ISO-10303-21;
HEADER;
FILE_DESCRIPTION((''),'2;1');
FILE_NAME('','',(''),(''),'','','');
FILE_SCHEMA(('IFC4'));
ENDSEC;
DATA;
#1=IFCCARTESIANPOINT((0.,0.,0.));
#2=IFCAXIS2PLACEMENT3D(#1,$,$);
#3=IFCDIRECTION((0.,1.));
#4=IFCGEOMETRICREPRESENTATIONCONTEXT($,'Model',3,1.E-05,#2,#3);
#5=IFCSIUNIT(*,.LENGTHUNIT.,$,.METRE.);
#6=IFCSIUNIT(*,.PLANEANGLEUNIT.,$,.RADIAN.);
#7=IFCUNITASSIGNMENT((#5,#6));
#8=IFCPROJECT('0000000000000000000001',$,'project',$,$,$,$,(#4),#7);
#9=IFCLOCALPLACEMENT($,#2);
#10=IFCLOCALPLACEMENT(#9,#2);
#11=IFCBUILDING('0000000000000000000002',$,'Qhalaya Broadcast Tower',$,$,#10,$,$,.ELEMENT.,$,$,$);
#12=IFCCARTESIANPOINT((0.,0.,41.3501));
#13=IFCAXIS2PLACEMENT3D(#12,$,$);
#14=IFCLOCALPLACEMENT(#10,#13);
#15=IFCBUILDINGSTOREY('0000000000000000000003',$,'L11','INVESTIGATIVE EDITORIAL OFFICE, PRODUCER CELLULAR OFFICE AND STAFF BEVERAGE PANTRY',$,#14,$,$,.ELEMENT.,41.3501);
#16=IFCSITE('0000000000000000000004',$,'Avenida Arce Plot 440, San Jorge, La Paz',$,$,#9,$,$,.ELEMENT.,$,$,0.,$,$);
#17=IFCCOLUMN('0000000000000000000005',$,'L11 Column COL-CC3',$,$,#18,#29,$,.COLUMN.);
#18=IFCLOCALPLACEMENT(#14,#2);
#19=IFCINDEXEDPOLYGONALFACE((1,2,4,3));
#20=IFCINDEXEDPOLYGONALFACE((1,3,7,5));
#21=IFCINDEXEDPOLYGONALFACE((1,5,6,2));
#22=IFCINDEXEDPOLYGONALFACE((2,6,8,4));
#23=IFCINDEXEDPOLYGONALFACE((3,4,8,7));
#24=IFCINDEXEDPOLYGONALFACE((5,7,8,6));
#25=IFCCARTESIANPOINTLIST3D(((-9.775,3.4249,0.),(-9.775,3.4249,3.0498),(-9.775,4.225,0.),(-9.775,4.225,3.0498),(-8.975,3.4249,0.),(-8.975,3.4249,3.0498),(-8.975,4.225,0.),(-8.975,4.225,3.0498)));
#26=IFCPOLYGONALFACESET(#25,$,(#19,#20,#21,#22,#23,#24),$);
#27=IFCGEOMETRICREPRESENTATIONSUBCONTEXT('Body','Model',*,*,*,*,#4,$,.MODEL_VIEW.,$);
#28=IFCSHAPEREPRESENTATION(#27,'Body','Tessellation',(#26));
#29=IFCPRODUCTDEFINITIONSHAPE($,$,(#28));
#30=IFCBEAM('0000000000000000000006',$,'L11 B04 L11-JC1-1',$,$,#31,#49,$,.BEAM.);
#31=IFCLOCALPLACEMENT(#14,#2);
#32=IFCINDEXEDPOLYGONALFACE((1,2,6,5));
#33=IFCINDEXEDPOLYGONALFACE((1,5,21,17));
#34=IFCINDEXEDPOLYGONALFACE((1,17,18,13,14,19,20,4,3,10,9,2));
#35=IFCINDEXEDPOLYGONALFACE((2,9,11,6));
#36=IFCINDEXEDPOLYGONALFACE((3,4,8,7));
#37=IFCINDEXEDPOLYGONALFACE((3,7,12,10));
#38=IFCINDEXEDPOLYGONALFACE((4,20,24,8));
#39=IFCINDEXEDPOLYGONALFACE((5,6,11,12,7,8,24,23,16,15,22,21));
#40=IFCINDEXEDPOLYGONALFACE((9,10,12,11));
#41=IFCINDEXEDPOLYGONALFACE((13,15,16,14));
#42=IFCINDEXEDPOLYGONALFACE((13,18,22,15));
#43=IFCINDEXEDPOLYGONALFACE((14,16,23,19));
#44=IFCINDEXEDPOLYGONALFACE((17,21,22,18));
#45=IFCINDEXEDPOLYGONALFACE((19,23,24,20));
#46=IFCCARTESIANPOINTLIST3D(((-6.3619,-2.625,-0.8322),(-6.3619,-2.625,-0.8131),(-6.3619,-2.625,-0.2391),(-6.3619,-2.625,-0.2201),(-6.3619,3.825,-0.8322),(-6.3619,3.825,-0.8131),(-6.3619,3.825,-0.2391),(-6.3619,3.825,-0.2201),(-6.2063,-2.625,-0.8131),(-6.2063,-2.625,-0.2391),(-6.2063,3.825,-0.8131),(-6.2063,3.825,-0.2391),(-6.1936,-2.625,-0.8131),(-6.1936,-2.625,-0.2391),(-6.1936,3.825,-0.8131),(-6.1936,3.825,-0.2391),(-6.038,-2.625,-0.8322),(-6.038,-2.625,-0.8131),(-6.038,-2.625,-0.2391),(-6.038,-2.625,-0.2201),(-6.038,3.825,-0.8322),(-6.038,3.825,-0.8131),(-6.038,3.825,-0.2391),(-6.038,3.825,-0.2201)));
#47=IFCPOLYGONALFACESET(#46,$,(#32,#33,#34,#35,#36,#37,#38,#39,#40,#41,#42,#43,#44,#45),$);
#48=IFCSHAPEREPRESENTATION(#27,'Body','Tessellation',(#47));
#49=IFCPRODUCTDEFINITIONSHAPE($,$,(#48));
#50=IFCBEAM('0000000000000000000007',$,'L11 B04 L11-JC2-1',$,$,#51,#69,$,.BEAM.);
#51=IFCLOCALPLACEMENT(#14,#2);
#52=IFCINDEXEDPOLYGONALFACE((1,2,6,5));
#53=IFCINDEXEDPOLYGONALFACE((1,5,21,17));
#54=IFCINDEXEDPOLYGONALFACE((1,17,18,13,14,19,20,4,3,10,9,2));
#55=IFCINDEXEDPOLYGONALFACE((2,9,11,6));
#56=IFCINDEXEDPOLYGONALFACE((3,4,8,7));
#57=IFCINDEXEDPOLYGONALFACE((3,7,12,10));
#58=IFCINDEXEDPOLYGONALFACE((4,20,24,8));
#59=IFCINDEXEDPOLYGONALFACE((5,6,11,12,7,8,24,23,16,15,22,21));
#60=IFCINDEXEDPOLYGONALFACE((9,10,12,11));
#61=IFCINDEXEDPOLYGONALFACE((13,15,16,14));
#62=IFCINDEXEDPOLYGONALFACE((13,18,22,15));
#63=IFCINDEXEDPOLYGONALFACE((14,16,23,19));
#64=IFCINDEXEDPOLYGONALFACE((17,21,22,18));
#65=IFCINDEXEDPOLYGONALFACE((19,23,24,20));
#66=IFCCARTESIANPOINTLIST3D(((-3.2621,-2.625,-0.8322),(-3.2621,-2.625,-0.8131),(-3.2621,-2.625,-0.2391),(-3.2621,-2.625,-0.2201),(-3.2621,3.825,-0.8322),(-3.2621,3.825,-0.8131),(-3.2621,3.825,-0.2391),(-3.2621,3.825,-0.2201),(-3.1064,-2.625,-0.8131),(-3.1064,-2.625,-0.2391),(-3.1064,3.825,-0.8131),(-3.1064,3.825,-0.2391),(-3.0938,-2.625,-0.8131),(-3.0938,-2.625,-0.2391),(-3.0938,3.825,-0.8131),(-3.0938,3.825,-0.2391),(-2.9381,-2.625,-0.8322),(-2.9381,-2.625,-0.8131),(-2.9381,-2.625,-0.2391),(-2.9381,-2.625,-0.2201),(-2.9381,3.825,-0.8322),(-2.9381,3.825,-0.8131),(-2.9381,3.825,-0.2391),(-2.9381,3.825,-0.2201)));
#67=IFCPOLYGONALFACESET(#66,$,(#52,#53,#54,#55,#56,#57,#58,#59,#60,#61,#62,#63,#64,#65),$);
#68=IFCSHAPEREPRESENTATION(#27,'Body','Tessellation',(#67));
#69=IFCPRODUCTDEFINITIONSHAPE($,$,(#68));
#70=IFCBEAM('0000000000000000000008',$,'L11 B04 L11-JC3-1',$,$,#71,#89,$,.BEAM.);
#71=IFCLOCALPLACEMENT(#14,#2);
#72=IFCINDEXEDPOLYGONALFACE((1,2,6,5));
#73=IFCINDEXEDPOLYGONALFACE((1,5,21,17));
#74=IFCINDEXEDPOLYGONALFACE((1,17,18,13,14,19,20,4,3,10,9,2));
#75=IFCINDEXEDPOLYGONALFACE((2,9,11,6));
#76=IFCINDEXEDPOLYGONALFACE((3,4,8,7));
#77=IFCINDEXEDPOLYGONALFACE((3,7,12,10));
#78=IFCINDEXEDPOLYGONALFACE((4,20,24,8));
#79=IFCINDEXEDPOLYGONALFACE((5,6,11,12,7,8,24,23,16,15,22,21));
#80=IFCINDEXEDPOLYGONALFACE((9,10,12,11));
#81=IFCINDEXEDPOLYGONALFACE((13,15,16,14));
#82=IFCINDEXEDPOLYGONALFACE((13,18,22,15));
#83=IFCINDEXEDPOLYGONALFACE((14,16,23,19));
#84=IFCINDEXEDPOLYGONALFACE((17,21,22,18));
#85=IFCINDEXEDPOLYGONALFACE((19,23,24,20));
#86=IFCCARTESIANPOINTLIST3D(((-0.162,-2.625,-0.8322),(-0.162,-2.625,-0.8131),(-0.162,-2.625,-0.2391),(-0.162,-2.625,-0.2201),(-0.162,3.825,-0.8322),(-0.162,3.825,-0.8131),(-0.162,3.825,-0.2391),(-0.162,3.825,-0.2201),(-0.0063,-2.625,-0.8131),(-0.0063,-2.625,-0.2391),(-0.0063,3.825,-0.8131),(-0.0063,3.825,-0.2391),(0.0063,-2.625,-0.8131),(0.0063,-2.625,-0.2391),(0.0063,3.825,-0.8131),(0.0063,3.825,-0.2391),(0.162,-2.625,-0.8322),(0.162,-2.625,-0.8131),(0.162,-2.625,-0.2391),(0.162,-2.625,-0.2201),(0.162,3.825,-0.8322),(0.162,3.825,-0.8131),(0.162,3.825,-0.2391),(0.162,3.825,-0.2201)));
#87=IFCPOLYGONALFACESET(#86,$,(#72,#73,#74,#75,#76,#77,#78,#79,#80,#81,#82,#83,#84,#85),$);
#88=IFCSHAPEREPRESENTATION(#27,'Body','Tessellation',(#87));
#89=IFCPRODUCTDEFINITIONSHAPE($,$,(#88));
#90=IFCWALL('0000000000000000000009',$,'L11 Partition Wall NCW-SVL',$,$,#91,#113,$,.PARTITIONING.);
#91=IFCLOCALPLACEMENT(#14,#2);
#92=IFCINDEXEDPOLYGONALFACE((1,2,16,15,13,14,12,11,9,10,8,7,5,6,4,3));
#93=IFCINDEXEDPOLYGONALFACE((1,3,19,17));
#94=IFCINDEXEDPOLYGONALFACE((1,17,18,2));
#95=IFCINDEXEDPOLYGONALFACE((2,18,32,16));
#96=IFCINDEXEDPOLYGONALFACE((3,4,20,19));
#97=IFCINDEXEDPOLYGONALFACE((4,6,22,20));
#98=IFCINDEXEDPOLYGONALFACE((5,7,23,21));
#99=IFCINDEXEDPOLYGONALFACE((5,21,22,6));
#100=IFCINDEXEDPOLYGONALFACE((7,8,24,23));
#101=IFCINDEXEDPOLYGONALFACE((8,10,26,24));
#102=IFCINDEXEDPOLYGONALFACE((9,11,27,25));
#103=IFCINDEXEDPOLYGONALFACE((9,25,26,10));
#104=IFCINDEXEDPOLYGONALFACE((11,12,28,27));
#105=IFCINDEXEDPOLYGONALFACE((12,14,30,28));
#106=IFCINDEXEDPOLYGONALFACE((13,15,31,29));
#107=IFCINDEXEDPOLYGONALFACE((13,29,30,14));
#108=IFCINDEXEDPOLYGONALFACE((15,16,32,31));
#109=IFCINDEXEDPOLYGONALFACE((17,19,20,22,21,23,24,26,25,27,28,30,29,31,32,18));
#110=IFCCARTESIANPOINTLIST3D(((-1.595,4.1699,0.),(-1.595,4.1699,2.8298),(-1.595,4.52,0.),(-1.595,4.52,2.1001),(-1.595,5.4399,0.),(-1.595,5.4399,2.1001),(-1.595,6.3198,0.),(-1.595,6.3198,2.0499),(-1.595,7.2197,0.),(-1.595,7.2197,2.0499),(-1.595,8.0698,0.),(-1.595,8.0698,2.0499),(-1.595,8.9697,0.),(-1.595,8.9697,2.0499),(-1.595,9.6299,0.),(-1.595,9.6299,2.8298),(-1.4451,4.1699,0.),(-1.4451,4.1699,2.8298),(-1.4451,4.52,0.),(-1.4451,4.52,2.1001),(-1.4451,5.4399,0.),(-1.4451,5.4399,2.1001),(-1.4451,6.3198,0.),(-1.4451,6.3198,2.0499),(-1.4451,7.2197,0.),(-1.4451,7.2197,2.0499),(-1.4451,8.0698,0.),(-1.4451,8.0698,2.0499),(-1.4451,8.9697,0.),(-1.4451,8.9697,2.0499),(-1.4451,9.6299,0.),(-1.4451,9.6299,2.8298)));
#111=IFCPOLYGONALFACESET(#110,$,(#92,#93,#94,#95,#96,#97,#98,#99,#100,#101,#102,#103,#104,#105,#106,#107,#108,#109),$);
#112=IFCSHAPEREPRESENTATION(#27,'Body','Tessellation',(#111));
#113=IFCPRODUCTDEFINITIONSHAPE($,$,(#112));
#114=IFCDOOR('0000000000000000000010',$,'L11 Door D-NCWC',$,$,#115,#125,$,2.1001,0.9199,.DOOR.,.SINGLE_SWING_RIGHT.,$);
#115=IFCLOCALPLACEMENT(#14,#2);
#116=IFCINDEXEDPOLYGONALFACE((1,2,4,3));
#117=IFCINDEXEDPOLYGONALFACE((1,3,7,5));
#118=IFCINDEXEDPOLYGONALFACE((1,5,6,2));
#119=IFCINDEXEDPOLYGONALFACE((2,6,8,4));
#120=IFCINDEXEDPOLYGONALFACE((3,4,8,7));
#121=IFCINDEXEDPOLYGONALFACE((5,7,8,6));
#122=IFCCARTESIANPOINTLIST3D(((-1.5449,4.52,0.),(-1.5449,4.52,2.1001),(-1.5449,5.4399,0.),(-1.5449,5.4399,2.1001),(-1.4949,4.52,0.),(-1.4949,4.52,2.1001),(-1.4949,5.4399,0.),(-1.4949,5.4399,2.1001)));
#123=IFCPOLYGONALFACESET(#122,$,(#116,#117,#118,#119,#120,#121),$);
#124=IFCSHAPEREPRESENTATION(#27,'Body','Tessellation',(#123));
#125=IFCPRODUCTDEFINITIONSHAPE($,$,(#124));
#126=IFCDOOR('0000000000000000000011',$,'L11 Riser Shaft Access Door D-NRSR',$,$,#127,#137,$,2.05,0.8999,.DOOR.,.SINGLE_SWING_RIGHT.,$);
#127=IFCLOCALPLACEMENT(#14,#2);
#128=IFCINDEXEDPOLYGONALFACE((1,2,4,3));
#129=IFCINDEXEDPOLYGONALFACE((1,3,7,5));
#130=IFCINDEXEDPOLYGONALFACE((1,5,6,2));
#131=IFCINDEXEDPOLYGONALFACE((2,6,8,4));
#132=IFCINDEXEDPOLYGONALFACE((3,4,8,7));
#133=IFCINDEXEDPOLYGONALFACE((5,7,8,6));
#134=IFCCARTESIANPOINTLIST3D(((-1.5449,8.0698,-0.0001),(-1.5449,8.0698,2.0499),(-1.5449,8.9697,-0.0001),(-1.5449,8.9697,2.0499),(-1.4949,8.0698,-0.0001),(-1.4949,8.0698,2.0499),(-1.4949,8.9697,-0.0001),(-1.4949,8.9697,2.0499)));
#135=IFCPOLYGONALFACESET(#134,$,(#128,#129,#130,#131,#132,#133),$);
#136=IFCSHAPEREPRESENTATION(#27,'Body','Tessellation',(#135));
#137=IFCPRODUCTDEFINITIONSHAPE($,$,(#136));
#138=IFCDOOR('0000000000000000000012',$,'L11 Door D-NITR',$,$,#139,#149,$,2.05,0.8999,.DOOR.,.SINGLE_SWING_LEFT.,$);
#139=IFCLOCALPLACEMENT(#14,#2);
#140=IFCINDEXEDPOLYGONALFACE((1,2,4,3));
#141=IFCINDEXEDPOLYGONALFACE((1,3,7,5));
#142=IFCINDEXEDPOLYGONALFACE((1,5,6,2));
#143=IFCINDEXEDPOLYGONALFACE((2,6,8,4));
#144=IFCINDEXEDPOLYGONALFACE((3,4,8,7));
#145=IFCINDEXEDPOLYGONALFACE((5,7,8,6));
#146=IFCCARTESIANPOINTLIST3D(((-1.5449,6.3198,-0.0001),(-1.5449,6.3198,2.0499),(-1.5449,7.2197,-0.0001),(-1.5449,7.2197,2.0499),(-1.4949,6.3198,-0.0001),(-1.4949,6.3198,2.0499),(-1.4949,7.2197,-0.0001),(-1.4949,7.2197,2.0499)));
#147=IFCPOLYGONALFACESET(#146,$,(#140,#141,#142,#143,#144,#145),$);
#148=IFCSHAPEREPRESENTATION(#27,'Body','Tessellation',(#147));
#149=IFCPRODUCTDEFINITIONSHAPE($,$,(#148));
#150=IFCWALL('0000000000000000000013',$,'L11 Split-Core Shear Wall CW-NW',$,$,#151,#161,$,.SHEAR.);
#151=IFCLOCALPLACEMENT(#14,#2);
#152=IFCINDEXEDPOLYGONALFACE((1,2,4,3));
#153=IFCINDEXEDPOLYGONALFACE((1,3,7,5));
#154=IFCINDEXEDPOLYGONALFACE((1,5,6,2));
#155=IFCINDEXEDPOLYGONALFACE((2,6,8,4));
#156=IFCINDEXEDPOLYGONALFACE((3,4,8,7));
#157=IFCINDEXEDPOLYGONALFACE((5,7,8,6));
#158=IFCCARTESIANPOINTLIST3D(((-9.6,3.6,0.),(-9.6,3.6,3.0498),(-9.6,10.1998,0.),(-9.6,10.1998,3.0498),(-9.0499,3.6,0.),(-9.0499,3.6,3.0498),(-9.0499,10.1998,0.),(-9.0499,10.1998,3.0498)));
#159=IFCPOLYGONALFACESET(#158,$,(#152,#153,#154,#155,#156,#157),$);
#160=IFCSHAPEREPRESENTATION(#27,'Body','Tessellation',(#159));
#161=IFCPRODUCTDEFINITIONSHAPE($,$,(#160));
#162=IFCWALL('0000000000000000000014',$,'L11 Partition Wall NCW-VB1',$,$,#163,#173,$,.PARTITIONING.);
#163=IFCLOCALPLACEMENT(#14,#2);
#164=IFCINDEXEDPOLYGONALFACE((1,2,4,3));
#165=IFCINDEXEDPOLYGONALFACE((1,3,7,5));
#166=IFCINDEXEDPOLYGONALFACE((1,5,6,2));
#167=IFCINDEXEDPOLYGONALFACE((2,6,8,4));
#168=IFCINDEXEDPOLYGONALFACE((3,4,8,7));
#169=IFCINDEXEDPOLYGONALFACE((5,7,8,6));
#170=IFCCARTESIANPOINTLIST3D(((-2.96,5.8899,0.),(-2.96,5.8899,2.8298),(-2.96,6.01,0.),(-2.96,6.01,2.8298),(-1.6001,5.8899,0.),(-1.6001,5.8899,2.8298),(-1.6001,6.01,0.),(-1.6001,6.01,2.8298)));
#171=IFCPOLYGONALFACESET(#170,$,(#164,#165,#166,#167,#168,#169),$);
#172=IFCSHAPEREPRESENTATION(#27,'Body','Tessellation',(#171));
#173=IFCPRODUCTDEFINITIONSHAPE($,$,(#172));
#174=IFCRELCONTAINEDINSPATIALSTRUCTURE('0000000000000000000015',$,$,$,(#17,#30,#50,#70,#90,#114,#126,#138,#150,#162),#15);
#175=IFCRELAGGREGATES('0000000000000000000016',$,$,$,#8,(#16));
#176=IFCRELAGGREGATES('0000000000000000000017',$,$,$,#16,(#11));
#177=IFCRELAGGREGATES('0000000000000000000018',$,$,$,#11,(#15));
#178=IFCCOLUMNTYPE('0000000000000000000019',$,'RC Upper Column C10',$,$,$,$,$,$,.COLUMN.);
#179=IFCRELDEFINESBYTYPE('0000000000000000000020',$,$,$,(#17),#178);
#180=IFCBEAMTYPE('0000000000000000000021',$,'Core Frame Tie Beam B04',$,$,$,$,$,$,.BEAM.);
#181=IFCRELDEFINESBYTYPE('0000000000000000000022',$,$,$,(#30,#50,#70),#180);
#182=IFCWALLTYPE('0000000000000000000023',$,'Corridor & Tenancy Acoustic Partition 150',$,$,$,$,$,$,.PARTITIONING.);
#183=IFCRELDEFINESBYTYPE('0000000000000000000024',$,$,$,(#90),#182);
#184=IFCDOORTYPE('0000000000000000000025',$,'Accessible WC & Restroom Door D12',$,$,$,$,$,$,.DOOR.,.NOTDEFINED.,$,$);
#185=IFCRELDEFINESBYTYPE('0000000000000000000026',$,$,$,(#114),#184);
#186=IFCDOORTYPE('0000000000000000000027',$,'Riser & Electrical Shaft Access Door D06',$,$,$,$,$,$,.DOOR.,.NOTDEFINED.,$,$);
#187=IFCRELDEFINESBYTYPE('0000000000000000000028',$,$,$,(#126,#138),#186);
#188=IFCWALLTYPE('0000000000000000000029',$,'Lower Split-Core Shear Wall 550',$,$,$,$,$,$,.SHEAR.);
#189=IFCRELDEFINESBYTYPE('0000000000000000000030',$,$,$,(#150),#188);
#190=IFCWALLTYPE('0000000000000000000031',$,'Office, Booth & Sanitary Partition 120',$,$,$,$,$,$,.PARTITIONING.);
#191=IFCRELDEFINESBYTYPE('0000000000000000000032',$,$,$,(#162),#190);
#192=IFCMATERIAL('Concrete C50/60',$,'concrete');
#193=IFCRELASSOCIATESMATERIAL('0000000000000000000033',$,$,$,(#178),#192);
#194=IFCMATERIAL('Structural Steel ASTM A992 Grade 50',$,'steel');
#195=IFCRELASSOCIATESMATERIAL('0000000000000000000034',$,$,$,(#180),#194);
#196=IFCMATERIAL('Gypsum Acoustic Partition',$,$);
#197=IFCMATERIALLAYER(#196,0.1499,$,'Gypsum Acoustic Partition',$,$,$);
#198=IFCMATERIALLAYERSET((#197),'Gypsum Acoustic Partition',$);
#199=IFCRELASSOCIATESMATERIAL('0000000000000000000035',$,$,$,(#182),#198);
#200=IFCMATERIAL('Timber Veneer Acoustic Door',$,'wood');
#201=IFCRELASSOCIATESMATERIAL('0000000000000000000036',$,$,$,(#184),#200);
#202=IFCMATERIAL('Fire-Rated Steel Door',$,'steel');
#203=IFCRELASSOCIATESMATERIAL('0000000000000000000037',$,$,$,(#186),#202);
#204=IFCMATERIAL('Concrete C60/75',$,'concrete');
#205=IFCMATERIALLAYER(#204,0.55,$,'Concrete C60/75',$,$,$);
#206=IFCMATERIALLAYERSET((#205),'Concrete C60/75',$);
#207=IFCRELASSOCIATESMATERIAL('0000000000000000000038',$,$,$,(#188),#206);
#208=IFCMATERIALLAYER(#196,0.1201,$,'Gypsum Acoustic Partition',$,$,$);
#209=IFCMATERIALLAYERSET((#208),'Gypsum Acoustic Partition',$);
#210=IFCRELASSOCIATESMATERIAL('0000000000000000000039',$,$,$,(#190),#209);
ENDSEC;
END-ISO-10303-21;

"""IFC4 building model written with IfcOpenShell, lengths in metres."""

from ifc_helpers import new_model, si_unit, direction, frame, frame_2d, origin, origin_2d, place, context, subcontext, project, spatial, rectangle, i_section, extrude, material, layer, layer_set, material_profile, profile_set, type_object, element, fill, save


model = new_model("IFC4")

# Units and contexts
model_context = context("Model", 3, precision=1e-05, world=origin(), true_north=direction((0.0, 1.0)))
body_context = subcontext(model_context, "Body", "Model", "MODEL_VIEW")
ifc_project = project(units=[si_unit("LENGTHUNIT", "METRE"), si_unit("PLANEANGLEUNIT", "RADIAN")], contexts=[model_context])

# Site, building, storey
site_placement = place(None, origin())
site = spatial("IfcSite", under=ifc_project, at=site_placement, Name="Avenida Arce Plot 440, San Jorge, La Paz", CompositionType="ELEMENT", RefElevation=0.0)
building_placement = place(site_placement, origin())
building = spatial("IfcBuilding", under=site, at=building_placement, Name="Qhalaya Broadcast Tower", CompositionType="ELEMENT")
storey_placement = place(building_placement, frame((0.0, 0.0, 41.3501)))
storey = spatial("IfcBuildingStorey", under=building, at=storey_placement, Name="L11", Description="INVESTIGATIVE EDITORIAL OFFICE, PRODUCER CELLULAR OFFICE AND STAFF BEVERAGE PANTRY", CompositionType="ELEMENT", Elevation=41.3501)

# Column
ifc_material_1 = material(Name="Concrete C50/60", Category="concrete")
ifc_material_profile_1 = material_profile(ifc_material_1, rectangle(XDim=0.8, YDim=0.8, at=origin_2d()), Name="RC-COL 800x800")
ifc_profile_set_1 = profile_set([ifc_material_profile_1], Name="Concrete C50/60")
column_type = type_object("IfcColumnType", Name="RC Upper Column C10", PredefinedType="COLUMN", material=ifc_profile_set_1)
column_placement = place(storey_placement, frame((-9.375, 3.825, 0.0), z_axis=(0.0, 0.0, 1.0), x_axis=(1.0, 0.0, 0.0)))
element("IfcColumn", 1, at=column_placement, inside=storey, type_object=column_type, Name="L11 Column COL-CC3", PredefinedType="COLUMN", context=body_context, shape_type="SweptSolid", body=[
    extrude(rectangle(XDim=0.8, YDim=0.8, at=origin_2d()), origin(), (0.0, 0.0, 1.0), 3.0498),
])

# Beams
ifc_material_2 = material(Name="Structural Steel ASTM A992 Grade 50", Category="steel")
ifc_material_profile_2 = material_profile(ifc_material_2, i_section(OverallWidth=0.324, OverallDepth=0.6121, WebThickness=0.0127, FlangeThickness=0.019, at=origin_2d()), Name="W24X104")
ifc_profile_set_2 = profile_set([ifc_material_profile_2], Name="Structural Steel ASTM A992 Grade 50")
beam_type = type_object("IfcBeamType", Name="Core Frame Tie Beam B04", PredefinedType="BEAM", material=ifc_profile_set_2)
for number, where, z_axis, x_axis, name in (
    (2, (-6.2, -2.625, -0.5261), (0.0, 1.0, 0.0), (-1.0, 0.0, 0.0), "L11 B04 L11-JC1-1"),
    (3, (-3.1001, -2.625, -0.5261), (0.0, 1.0, 0.0), (-1.0, 0.0, 0.0), "L11 B04 L11-JC2-1"),
    (4, (0.0, -2.625, -0.5261), (0.0, 1.0, 0.0), (-1.0, 0.0, 0.0), "L11 B04 L11-JC3-1"),
):
    element("IfcBeam", number, at=place(storey_placement, frame(where, z_axis=z_axis, x_axis=x_axis)), inside=storey, type_object=beam_type, Name=name, PredefinedType="BEAM", context=body_context, shape_type="SweptSolid", body=[
        extrude(i_section(OverallWidth=0.324, OverallDepth=0.6121, WebThickness=0.0127, FlangeThickness=0.019, at=origin_2d()), origin(), (0.0, 0.0, 1.0), 6.45),
    ])

# Wall, openings, doors
ifc_material_3 = material(Name="Gypsum Acoustic Partition")
ifc_layer_1 = layer(ifc_material_3, 0.1499, Name="Gypsum Acoustic Partition")
ifc_layer_set_1 = layer_set([ifc_layer_1], Name="Gypsum Acoustic Partition")
wall_type_1 = type_object("IfcWallType", Name="Corridor & Tenancy Acoustic Partition 150", PredefinedType="PARTITIONING", material=ifc_layer_set_1)
wall_1_placement = place(storey_placement, frame((-1.52, 4.1699, 0.0), z_axis=(0.0, 0.0, 1.0), x_axis=(0.0, 1.0, 0.0)))
wall_1 = element("IfcWall", 5, at=wall_1_placement, inside=storey, type_object=wall_type_1, Name="L11 Partition Wall NCW-SVL", PredefinedType="PARTITIONING", context=body_context, shape_type="SweptSolid", body=[
    extrude(rectangle(XDim=5.46, YDim=0.1499, at=frame_2d((2.73, 0.0))), origin(), (0.0, 0.0, 1.0), 2.8298),
])
opening_1_placement = place(wall_1_placement, frame((3.8999, 0.0, 0.0)))
opening_1 = element("IfcOpeningElement", 6, at=opening_1_placement, cuts=wall_1, PredefinedType="OPENING", context=body_context, shape_type="SweptSolid", body=[
    extrude(rectangle(XDim=0.8999, YDim=2.05, at=frame_2d((0.45, 1.0249))), frame((0.0, 0.0869, 0.0), z_axis=(0.0, -1.0, 0.0), x_axis=(1.0, 0.0, 0.0)), (0.0, 0.0, 1.0), 0.1738),
])
opening_2_placement = place(wall_1_placement, frame((2.1499, 0.0, 0.0)))
opening_2 = element("IfcOpeningElement", 7, at=opening_2_placement, cuts=wall_1, PredefinedType="OPENING", context=body_context, shape_type="SweptSolid", body=[
    extrude(rectangle(XDim=0.8999, YDim=2.05, at=frame_2d((0.45, 1.0249))), frame((0.0, 0.0869, 0.0), z_axis=(0.0, -1.0, 0.0), x_axis=(1.0, 0.0, 0.0)), (0.0, 0.0, 1.0), 0.1738),
])
opening_3_placement = place(wall_1_placement, frame((0.3501, 0.0, 0.0)))
opening_3 = element("IfcOpeningElement", 8, at=opening_3_placement, cuts=wall_1, PredefinedType="OPENING", context=body_context, shape_type="SweptSolid", body=[
    extrude(rectangle(XDim=0.9199, YDim=2.1001, at=frame_2d((0.46, 1.05))), frame((0.0, 0.0869, 0.0), z_axis=(0.0, -1.0, 0.0), x_axis=(1.0, 0.0, 0.0)), (0.0, 0.0, 1.0), 0.1738),
])
ifc_material_4 = material(Name="Timber Veneer Acoustic Door", Category="wood")
door_type_1 = type_object("IfcDoorType", Name="Accessible WC & Restroom Door D12", OperationType="NOTDEFINED", PredefinedType="DOOR", material=ifc_material_4)
door_1_placement = place(opening_3_placement, origin())
door_1 = element("IfcDoor", 9, at=door_1_placement, inside=storey, type_object=door_type_1, Name="L11 Door D-NCWC", OperationType="SINGLE_SWING_RIGHT", OverallHeight=2.1001, OverallWidth=0.9199, PredefinedType="DOOR", context=body_context, shape_type="SweptSolid", body=[
    extrude(rectangle(XDim=0.9199, YDim=2.1001, at=frame_2d((0.46, 1.05))), frame((0.0, 0.0249, 0.0), z_axis=(0.0, -1.0, 0.0), x_axis=(1.0, 0.0, 0.0)), (0.0, 0.0, 1.0), 0.05),
])
fill(opening_3, door_1)
ifc_material_5 = material(Name="Fire-Rated Steel Door", Category="steel")
door_type_2 = type_object("IfcDoorType", Name="Riser & Electrical Shaft Access Door D06", OperationType="NOTDEFINED", PredefinedType="DOOR", material=ifc_material_5)
door_2_placement = place(opening_1_placement, origin())
door_2 = element("IfcDoor", 10, at=door_2_placement, inside=storey, type_object=door_type_2, Name="L11 Riser Shaft Access Door D-NRSR", OperationType="SINGLE_SWING_RIGHT", OverallHeight=2.05, OverallWidth=0.8999, PredefinedType="DOOR", context=body_context, shape_type="SweptSolid", body=[
    extrude(rectangle(XDim=0.8999, YDim=2.05, at=frame_2d((0.45, 1.0249))), frame((0.0, 0.0249, 0.0), z_axis=(0.0, -1.0, 0.0), x_axis=(1.0, 0.0, 0.0)), (0.0, 0.0, 1.0), 0.05),
])
fill(opening_1, door_2)
door_3_placement = place(opening_2_placement, origin())
door_3 = element("IfcDoor", 11, at=door_3_placement, inside=storey, type_object=door_type_2, Name="L11 Door D-NITR", OperationType="SINGLE_SWING_LEFT", OverallHeight=2.05, OverallWidth=0.8999, PredefinedType="DOOR", context=body_context, shape_type="SweptSolid", body=[
    extrude(rectangle(XDim=0.8999, YDim=2.05, at=frame_2d((0.45, 1.0249))), frame((0.0, 0.0249, 0.0), z_axis=(0.0, -1.0, 0.0), x_axis=(1.0, 0.0, 0.0)), (0.0, 0.0, 1.0), 0.05),
])
fill(opening_2, door_3)

# Walls
ifc_material_6 = material(Name="Concrete C60/75", Category="concrete")
ifc_layer_2 = layer(ifc_material_6, 0.55, Name="Concrete C60/75")
ifc_layer_set_2 = layer_set([ifc_layer_2], Name="Concrete C60/75")
wall_type_2 = type_object("IfcWallType", Name="Lower Split-Core Shear Wall 550", PredefinedType="SHEAR", material=ifc_layer_set_2)
wall_2_placement = place(storey_placement, frame((-9.325, 3.6001, 0.0), z_axis=(0.0, 0.0, 1.0), x_axis=(0.0, 1.0, 0.0)))
element("IfcWall", 12, at=wall_2_placement, inside=storey, type_object=wall_type_2, Name="L11 Split-Core Shear Wall CW-NW", PredefinedType="SHEAR", context=body_context, shape_type="SweptSolid", body=[
    extrude(rectangle(XDim=6.5999, YDim=0.55, at=frame_2d((3.2998, 0.0))), origin(), (0.0, 0.0, 1.0), 3.0498),
])
ifc_layer_3 = layer(ifc_material_3, 0.1201, Name="Gypsum Acoustic Partition")
ifc_layer_set_3 = layer_set([ifc_layer_3], Name="Gypsum Acoustic Partition")
wall_type_3 = type_object("IfcWallType", Name="Office, Booth & Sanitary Partition 120", PredefinedType="PARTITIONING", material=ifc_layer_set_3)
for number, where, z_axis, x_axis, name in (
    (13, (-2.96, 5.95, 0.0), (0.0, 0.0, 1.0), (1.0, 0.0, 0.0), "L11 Partition Wall NCW-VB1"),
):
    element("IfcWall", number, at=place(storey_placement, frame(where, z_axis=z_axis, x_axis=x_axis)), inside=storey, type_object=wall_type_3, Name=name, PredefinedType="PARTITIONING", context=body_context, shape_type="SweptSolid", body=[
        extrude(rectangle(XDim=1.3599, YDim=0.1201, at=frame_2d((0.6799, 0.0))), origin(), (0.0, 0.0, 1.0), 2.8298),
    ])

save(model, "model.ifc")
